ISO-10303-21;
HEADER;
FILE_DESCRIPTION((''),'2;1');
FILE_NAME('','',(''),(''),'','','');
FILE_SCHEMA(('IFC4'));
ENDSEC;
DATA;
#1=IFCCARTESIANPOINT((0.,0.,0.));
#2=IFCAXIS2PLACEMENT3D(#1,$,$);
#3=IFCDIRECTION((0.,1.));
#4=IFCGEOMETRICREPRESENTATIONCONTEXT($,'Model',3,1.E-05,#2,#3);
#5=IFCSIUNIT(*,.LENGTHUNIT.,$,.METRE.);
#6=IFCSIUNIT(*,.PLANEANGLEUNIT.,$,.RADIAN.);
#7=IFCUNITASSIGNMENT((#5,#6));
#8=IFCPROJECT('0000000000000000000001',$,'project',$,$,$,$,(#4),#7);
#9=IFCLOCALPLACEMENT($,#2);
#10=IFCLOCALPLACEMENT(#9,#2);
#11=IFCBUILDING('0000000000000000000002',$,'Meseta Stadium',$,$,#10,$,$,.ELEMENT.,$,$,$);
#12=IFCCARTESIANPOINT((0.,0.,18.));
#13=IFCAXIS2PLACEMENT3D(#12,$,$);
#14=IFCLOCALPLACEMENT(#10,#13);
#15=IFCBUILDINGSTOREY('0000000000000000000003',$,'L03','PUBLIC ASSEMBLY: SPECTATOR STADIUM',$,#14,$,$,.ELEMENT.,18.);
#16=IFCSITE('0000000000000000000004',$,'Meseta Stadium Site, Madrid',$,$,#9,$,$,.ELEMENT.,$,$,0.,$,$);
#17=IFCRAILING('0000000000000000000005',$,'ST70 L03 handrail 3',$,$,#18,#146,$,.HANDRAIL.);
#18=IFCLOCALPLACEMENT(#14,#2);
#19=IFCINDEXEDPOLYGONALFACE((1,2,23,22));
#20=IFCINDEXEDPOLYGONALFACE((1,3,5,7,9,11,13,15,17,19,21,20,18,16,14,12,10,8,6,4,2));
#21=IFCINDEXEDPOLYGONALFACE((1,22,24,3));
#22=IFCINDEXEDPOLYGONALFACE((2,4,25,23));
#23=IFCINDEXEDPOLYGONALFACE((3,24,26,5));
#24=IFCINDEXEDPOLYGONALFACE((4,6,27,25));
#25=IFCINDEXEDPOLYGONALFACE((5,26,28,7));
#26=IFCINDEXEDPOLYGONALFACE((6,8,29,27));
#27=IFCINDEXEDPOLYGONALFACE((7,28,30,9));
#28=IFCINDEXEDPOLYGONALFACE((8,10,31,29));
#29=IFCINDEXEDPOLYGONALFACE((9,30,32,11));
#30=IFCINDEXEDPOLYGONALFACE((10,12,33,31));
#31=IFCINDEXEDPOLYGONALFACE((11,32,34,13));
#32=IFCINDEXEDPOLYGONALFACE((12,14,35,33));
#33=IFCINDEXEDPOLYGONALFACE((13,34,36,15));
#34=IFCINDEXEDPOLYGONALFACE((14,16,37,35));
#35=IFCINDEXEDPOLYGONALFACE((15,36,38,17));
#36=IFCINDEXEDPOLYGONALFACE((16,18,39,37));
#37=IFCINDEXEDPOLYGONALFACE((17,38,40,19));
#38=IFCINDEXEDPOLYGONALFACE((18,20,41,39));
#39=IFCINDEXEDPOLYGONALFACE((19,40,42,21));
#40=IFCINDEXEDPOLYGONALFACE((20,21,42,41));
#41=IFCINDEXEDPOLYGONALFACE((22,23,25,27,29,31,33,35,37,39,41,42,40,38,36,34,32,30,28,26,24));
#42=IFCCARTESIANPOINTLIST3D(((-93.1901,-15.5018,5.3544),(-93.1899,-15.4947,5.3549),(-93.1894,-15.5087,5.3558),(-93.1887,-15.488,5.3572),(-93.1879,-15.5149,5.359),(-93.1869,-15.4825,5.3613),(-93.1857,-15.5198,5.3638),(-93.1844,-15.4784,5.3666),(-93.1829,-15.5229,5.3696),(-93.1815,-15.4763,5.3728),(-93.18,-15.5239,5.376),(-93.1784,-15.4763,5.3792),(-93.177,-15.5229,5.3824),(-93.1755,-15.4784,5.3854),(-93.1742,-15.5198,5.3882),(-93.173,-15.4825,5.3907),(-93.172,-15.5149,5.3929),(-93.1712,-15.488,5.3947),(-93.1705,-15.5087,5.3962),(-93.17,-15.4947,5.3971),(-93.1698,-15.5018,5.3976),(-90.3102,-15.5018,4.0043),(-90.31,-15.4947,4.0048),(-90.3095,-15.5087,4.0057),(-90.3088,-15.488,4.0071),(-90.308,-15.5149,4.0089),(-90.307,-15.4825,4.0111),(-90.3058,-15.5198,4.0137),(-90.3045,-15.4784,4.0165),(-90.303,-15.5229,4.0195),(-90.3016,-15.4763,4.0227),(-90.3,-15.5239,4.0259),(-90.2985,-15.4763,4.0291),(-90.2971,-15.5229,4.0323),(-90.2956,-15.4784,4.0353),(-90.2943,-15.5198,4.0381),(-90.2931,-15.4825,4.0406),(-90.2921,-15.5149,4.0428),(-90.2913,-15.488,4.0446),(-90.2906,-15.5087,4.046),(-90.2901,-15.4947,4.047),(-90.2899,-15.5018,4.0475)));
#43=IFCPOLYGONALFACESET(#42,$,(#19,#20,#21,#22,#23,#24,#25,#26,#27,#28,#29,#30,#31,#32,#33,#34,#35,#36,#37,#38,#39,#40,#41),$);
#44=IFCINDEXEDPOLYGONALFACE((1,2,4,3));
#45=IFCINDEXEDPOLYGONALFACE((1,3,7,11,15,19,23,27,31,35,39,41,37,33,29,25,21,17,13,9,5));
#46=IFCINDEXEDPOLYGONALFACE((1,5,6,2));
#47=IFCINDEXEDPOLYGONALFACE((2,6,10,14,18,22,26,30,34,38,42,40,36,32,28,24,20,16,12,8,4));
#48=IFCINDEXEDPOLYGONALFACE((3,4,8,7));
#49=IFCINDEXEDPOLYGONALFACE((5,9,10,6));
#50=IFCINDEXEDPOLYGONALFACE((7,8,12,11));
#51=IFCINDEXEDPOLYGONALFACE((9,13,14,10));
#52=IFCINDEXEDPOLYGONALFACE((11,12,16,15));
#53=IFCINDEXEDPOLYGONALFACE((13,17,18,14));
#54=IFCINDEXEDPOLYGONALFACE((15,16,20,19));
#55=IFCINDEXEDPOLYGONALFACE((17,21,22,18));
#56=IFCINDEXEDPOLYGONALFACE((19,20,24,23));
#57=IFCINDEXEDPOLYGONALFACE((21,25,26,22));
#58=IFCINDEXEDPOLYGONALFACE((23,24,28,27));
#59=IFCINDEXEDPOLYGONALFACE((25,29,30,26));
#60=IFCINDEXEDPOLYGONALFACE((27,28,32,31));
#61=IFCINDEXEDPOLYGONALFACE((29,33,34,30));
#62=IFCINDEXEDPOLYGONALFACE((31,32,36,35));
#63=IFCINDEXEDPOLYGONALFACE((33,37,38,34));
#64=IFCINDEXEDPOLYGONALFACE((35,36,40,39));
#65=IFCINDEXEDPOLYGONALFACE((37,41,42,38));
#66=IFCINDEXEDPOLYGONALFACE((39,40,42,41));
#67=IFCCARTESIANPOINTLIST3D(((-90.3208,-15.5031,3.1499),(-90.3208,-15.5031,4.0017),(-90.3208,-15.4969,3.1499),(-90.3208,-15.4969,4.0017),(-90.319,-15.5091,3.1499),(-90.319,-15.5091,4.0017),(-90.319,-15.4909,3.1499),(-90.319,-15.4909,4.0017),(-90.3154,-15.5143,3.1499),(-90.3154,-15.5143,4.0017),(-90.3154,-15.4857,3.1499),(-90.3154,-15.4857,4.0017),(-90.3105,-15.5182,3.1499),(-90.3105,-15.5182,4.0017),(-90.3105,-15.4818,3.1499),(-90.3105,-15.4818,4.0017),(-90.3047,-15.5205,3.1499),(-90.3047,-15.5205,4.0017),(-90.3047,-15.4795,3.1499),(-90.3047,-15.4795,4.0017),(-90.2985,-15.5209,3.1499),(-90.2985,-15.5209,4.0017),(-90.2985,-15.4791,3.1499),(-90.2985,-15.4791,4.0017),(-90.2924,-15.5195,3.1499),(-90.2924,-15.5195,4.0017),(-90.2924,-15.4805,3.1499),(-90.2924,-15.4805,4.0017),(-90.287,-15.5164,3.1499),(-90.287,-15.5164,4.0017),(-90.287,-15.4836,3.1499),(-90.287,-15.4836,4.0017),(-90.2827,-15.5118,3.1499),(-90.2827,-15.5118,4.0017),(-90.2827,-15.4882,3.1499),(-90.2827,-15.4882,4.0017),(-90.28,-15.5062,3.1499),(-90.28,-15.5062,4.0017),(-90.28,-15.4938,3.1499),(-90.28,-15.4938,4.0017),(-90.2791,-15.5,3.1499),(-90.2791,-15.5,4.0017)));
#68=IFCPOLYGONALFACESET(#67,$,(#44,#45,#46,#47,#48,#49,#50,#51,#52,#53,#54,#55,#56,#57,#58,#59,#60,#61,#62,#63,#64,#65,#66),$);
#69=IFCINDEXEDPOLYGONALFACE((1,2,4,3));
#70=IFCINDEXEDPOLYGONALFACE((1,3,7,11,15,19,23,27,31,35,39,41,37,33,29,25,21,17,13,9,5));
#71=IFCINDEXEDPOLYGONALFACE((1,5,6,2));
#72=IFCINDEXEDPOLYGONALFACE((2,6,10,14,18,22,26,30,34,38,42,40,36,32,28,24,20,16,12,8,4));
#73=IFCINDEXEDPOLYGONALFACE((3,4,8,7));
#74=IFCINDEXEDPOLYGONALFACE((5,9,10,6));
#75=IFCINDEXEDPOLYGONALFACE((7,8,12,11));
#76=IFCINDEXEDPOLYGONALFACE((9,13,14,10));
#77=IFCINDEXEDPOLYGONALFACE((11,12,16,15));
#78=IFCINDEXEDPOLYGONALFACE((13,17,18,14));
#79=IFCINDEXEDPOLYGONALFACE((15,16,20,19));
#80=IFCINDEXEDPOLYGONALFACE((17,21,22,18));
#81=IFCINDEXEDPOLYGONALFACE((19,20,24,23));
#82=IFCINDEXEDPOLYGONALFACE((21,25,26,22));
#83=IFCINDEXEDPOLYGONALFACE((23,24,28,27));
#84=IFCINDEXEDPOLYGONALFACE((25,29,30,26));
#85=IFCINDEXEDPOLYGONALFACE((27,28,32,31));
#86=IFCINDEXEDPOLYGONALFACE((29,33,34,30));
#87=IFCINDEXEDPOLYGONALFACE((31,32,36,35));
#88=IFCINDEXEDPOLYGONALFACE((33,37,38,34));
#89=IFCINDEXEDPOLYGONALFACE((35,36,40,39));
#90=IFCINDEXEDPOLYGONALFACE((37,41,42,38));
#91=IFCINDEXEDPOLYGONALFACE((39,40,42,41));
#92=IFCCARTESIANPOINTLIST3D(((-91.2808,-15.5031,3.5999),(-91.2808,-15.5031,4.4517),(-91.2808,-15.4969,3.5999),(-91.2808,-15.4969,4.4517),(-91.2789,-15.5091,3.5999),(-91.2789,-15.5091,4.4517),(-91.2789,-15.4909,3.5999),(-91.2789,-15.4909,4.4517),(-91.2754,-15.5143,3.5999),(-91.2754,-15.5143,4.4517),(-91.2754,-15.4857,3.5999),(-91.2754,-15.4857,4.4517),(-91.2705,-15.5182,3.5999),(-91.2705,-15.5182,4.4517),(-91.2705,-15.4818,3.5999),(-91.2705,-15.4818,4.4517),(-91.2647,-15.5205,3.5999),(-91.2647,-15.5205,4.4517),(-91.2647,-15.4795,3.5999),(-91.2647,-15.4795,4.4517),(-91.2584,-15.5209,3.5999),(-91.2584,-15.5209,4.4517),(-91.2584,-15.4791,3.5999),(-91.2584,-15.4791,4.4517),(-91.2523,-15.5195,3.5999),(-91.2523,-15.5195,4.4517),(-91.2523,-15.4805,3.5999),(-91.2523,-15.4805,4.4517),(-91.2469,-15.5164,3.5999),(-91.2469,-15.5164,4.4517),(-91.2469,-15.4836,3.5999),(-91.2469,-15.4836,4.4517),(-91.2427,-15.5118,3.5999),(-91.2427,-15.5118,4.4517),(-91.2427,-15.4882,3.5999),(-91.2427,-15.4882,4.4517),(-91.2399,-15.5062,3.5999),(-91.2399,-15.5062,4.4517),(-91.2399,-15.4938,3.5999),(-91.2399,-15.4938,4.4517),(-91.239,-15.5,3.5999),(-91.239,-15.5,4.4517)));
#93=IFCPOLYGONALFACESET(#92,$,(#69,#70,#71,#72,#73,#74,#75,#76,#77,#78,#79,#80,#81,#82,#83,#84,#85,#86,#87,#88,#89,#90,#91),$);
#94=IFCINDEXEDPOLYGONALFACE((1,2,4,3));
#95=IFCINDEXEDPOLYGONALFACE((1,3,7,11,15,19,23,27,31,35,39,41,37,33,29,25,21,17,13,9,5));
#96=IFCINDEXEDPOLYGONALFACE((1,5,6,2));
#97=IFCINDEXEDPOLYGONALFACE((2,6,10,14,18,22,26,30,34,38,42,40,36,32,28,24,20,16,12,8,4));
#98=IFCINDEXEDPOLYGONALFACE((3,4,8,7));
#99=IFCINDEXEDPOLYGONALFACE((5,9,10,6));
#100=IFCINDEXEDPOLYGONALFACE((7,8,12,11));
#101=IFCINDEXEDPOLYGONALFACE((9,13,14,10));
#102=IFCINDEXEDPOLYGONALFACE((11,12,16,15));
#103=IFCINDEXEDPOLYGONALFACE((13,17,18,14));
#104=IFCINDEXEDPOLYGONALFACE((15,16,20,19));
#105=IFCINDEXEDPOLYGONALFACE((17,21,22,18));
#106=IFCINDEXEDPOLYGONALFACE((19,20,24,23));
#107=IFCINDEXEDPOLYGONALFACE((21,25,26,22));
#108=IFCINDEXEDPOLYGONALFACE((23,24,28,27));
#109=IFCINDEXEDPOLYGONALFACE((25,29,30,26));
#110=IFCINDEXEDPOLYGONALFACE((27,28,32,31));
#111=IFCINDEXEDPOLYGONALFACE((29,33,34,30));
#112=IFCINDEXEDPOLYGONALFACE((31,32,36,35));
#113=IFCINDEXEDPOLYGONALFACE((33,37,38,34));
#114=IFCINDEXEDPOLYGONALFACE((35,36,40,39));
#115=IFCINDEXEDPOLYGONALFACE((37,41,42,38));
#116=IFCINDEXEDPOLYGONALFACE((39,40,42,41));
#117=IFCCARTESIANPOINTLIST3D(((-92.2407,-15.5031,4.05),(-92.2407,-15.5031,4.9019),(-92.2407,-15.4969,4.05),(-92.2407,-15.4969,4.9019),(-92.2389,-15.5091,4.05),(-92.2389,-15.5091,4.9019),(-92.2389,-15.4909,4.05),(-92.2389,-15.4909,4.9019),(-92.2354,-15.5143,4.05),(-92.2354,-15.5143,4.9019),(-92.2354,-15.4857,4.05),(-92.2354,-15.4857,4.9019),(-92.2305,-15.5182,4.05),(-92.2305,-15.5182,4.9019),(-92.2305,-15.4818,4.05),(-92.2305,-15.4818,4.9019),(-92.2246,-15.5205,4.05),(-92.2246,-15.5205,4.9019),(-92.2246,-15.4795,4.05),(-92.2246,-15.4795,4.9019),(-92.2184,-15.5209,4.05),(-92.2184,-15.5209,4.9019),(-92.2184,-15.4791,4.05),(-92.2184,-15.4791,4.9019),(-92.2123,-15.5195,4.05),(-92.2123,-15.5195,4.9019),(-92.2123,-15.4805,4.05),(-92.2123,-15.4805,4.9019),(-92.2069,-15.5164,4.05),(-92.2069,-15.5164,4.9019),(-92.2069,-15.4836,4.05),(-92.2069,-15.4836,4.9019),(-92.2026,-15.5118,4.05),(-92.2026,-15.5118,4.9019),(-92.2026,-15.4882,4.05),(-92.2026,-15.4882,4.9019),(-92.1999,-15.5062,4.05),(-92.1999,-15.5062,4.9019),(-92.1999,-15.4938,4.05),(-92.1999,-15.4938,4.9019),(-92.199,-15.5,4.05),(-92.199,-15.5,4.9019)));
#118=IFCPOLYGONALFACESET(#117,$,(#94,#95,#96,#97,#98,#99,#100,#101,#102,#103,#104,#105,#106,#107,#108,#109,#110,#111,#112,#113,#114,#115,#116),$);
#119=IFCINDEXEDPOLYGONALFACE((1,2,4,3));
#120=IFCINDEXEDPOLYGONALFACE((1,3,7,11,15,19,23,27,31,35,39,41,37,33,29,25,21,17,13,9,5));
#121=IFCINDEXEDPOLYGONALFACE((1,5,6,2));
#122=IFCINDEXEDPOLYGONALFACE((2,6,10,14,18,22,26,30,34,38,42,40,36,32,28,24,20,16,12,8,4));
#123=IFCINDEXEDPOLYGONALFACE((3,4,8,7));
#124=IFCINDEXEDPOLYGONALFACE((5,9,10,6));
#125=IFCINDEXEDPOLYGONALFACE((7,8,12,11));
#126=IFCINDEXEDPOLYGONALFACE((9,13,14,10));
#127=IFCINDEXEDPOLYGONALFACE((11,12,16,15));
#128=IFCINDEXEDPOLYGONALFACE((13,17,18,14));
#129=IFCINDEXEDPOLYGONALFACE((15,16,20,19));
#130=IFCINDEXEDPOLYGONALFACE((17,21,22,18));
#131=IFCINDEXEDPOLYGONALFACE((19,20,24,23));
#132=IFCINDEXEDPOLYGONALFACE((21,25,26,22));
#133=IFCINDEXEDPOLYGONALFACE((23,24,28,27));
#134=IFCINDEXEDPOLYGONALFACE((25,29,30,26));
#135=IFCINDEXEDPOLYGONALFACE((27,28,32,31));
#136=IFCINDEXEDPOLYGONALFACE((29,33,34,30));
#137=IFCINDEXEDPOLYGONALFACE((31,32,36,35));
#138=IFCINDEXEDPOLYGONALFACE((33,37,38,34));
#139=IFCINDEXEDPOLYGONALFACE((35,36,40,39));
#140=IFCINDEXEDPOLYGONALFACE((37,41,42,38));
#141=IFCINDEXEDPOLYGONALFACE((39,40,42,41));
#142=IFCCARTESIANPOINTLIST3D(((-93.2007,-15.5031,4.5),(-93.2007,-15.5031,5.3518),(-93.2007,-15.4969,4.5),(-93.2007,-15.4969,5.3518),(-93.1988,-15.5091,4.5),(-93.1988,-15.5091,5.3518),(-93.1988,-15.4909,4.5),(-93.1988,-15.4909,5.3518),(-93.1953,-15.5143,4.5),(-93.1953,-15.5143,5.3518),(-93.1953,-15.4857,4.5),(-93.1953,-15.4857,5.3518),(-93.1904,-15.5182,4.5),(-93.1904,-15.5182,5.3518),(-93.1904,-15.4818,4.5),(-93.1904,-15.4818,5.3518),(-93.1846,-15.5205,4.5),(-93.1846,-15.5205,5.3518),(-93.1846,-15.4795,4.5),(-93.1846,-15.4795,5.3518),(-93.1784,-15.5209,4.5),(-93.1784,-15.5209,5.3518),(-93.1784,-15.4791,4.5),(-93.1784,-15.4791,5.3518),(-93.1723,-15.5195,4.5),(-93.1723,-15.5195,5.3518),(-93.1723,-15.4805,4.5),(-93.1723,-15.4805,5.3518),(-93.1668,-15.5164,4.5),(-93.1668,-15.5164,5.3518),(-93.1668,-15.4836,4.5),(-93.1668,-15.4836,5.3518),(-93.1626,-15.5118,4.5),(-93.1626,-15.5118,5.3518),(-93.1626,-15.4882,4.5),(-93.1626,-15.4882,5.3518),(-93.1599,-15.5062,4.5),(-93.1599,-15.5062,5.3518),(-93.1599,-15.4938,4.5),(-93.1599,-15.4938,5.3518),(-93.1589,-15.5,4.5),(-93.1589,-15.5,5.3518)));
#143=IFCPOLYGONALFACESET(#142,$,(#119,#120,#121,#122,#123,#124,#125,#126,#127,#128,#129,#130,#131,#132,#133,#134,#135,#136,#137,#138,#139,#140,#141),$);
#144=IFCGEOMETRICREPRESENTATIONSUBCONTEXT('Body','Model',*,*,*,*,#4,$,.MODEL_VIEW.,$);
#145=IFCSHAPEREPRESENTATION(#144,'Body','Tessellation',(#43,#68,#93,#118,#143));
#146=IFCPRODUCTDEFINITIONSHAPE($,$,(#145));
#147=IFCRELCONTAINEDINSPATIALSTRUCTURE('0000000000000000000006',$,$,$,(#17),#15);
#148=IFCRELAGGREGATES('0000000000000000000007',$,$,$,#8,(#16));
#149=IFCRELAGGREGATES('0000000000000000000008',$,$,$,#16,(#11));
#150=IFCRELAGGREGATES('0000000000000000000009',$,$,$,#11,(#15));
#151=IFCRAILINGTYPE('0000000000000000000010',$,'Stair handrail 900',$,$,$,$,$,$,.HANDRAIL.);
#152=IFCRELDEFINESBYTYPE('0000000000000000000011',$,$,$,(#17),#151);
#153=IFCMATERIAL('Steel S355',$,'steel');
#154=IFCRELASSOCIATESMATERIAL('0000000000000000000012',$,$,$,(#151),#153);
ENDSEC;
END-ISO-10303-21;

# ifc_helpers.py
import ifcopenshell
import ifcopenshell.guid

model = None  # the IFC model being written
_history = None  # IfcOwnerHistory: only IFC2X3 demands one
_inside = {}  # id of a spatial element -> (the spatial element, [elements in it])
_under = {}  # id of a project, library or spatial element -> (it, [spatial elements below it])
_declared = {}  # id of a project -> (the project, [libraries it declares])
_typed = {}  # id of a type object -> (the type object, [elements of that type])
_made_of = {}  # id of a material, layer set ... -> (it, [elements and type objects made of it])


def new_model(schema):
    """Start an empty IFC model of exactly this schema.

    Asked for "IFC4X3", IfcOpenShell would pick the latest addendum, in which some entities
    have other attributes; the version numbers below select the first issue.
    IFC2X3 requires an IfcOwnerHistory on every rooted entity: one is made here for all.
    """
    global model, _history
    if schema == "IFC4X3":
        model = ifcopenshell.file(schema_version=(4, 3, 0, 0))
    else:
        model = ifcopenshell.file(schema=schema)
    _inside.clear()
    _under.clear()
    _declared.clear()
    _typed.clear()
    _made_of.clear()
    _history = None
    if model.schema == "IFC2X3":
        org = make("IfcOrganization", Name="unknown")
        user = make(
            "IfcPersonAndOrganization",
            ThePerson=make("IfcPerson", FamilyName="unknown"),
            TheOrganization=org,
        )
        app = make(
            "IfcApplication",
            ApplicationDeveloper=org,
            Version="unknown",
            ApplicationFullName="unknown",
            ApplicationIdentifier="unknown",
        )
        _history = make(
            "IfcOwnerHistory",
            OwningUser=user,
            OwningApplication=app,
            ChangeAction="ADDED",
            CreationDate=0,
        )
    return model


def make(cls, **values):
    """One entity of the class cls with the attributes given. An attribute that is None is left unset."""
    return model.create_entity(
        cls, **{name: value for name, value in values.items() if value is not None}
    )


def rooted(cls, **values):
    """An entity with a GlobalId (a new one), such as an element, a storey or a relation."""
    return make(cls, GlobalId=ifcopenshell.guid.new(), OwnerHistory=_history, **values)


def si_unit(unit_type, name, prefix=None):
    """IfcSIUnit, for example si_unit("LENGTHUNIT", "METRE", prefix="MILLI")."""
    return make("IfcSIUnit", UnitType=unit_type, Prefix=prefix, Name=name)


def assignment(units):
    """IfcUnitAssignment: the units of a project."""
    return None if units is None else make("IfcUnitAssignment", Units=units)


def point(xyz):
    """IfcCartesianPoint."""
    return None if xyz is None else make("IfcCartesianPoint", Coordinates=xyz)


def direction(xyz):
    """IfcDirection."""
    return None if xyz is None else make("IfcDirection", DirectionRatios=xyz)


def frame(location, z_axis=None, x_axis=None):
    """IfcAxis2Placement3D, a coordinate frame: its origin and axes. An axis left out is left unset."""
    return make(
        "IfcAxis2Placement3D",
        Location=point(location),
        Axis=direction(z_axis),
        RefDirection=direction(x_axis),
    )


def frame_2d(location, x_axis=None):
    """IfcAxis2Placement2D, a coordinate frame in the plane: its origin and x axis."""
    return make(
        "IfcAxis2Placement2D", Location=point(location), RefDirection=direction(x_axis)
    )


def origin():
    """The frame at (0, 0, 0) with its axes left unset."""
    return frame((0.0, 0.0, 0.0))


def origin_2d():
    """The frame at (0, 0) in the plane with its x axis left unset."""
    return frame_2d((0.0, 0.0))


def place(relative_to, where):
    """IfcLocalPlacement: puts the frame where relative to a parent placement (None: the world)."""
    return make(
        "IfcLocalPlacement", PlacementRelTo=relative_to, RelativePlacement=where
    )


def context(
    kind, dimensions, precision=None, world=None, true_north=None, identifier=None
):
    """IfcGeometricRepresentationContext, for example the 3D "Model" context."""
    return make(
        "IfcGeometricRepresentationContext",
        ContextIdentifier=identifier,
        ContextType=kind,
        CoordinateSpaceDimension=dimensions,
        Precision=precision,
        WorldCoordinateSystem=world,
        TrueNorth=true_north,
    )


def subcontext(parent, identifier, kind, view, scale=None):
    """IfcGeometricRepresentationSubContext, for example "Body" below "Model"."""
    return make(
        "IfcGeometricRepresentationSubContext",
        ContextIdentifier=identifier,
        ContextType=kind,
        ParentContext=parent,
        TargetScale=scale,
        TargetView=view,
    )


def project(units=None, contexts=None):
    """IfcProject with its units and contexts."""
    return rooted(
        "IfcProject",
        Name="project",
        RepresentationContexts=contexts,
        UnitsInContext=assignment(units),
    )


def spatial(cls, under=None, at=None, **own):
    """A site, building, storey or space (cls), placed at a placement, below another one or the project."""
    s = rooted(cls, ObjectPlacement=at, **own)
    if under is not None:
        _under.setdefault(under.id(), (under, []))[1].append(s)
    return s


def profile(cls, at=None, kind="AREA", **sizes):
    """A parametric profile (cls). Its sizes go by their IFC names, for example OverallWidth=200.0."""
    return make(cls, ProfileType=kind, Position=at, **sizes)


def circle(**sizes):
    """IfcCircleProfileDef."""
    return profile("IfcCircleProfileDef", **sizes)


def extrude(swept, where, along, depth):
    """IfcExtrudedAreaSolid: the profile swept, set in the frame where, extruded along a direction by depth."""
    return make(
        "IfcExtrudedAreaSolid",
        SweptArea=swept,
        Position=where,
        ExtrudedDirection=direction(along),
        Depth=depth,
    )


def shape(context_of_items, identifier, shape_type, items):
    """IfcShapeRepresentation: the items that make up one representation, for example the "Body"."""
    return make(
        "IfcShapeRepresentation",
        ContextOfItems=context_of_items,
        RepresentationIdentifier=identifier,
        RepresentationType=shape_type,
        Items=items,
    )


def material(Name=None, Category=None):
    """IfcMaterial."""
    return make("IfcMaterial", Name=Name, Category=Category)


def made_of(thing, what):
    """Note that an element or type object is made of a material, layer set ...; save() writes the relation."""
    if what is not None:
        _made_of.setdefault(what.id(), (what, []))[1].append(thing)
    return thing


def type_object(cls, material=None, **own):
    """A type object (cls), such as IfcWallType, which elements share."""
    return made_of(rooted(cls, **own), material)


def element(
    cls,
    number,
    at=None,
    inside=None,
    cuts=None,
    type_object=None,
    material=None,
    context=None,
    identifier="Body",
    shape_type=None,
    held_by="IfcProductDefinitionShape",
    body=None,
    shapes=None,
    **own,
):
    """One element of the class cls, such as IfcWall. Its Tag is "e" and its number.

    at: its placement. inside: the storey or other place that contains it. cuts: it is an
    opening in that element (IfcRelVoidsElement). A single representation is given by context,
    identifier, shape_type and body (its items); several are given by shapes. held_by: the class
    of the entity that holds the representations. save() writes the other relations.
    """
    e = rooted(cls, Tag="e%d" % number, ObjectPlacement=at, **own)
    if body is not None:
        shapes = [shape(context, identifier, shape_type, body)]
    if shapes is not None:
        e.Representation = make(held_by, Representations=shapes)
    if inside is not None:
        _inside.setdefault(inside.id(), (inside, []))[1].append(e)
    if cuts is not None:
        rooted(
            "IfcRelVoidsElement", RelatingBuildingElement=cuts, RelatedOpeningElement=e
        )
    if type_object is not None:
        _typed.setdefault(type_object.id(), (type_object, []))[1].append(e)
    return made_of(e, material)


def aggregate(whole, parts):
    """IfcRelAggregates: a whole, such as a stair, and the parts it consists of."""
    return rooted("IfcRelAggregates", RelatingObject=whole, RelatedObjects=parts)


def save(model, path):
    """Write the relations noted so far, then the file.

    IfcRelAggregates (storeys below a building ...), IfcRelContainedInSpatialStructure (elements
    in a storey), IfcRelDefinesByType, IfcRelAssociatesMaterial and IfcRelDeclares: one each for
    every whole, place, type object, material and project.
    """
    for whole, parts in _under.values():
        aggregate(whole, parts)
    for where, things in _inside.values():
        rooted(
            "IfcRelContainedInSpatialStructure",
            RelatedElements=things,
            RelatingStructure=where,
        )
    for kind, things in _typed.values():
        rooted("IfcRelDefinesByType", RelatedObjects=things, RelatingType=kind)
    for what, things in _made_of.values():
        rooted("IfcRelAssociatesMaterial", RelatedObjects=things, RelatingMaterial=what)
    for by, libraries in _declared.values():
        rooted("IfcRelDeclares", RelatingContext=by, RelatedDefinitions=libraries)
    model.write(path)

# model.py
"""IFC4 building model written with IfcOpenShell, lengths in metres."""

from ifc_helpers import new_model, si_unit, direction, frame, origin, origin_2d, place, context, subcontext, project, spatial, circle, extrude, material, type_object, element, save


model = new_model("IFC4")

# Units and contexts
model_context = context("Model", 3, precision=1e-05, world=origin(), true_north=direction((0.0, 1.0)))
body_context = subcontext(model_context, "Body", "Model", "MODEL_VIEW")
ifc_project = project(units=[si_unit("LENGTHUNIT", "METRE"), si_unit("PLANEANGLEUNIT", "RADIAN")], contexts=[model_context])

# Site, building, storey
site_placement = place(None, origin())
site = spatial("IfcSite", under=ifc_project, at=site_placement, Name="Meseta Stadium Site, Madrid", CompositionType="ELEMENT", RefElevation=0.0)
building_placement = place(site_placement, origin())
building = spatial("IfcBuilding", under=site, at=building_placement, Name="Meseta Stadium", CompositionType="ELEMENT")
storey_placement = place(building_placement, frame((0.0, 0.0, 18.0)))
storey = spatial("IfcBuildingStorey", under=building, at=storey_placement, Name="L03", Description="PUBLIC ASSEMBLY: SPECTATOR STADIUM", CompositionType="ELEMENT", Elevation=18.0)

# Railing
ifc_material_1 = material(Name="Steel S355", Category="steel")
railing_type_1 = type_object("IfcRailingType", Name="Stair handrail 900", PredefinedType="HANDRAIL", material=ifc_material_1)
for number, where, name in (
    (1, (-90.3, -15.5, 3.1499), "ST70 L03 handrail 3"),
):
    element("IfcRailing", number, at=place(storey_placement, frame(where)), inside=storey, type_object=railing_type_1, Name=name, PredefinedType="HANDRAIL", context=body_context, shape_type="SweptSolid", body=[
        extrude(circle(Radius=0.0239, at=origin_2d()), frame((0.0, 0.0, 0.876), z_axis=(-0.90544, 0.0, 0.424473), x_axis=(0.0, -1.0, 0.0)), (0.0, 0.0, 1.0), 3.1807),
        extrude(circle(Radius=0.021, at=origin_2d()), origin(), (0.0, 0.0, 1.0), 0.8518),
        extrude(circle(Radius=0.021, at=origin_2d()), frame((-0.96, 0.0, 0.45)), (0.0, 0.0, 1.0), 0.8518),
        extrude(circle(Radius=0.021, at=origin_2d()), frame((-1.9199, 0.0, 0.9001)), (0.0, 0.0, 1.0), 0.8518),
        extrude(circle(Radius=0.021, at=origin_2d()), frame((-2.8799, 0.0, 1.3501)), (0.0, 0.0, 1.0), 0.8518),
    ])

save(model, "model.ifc")
